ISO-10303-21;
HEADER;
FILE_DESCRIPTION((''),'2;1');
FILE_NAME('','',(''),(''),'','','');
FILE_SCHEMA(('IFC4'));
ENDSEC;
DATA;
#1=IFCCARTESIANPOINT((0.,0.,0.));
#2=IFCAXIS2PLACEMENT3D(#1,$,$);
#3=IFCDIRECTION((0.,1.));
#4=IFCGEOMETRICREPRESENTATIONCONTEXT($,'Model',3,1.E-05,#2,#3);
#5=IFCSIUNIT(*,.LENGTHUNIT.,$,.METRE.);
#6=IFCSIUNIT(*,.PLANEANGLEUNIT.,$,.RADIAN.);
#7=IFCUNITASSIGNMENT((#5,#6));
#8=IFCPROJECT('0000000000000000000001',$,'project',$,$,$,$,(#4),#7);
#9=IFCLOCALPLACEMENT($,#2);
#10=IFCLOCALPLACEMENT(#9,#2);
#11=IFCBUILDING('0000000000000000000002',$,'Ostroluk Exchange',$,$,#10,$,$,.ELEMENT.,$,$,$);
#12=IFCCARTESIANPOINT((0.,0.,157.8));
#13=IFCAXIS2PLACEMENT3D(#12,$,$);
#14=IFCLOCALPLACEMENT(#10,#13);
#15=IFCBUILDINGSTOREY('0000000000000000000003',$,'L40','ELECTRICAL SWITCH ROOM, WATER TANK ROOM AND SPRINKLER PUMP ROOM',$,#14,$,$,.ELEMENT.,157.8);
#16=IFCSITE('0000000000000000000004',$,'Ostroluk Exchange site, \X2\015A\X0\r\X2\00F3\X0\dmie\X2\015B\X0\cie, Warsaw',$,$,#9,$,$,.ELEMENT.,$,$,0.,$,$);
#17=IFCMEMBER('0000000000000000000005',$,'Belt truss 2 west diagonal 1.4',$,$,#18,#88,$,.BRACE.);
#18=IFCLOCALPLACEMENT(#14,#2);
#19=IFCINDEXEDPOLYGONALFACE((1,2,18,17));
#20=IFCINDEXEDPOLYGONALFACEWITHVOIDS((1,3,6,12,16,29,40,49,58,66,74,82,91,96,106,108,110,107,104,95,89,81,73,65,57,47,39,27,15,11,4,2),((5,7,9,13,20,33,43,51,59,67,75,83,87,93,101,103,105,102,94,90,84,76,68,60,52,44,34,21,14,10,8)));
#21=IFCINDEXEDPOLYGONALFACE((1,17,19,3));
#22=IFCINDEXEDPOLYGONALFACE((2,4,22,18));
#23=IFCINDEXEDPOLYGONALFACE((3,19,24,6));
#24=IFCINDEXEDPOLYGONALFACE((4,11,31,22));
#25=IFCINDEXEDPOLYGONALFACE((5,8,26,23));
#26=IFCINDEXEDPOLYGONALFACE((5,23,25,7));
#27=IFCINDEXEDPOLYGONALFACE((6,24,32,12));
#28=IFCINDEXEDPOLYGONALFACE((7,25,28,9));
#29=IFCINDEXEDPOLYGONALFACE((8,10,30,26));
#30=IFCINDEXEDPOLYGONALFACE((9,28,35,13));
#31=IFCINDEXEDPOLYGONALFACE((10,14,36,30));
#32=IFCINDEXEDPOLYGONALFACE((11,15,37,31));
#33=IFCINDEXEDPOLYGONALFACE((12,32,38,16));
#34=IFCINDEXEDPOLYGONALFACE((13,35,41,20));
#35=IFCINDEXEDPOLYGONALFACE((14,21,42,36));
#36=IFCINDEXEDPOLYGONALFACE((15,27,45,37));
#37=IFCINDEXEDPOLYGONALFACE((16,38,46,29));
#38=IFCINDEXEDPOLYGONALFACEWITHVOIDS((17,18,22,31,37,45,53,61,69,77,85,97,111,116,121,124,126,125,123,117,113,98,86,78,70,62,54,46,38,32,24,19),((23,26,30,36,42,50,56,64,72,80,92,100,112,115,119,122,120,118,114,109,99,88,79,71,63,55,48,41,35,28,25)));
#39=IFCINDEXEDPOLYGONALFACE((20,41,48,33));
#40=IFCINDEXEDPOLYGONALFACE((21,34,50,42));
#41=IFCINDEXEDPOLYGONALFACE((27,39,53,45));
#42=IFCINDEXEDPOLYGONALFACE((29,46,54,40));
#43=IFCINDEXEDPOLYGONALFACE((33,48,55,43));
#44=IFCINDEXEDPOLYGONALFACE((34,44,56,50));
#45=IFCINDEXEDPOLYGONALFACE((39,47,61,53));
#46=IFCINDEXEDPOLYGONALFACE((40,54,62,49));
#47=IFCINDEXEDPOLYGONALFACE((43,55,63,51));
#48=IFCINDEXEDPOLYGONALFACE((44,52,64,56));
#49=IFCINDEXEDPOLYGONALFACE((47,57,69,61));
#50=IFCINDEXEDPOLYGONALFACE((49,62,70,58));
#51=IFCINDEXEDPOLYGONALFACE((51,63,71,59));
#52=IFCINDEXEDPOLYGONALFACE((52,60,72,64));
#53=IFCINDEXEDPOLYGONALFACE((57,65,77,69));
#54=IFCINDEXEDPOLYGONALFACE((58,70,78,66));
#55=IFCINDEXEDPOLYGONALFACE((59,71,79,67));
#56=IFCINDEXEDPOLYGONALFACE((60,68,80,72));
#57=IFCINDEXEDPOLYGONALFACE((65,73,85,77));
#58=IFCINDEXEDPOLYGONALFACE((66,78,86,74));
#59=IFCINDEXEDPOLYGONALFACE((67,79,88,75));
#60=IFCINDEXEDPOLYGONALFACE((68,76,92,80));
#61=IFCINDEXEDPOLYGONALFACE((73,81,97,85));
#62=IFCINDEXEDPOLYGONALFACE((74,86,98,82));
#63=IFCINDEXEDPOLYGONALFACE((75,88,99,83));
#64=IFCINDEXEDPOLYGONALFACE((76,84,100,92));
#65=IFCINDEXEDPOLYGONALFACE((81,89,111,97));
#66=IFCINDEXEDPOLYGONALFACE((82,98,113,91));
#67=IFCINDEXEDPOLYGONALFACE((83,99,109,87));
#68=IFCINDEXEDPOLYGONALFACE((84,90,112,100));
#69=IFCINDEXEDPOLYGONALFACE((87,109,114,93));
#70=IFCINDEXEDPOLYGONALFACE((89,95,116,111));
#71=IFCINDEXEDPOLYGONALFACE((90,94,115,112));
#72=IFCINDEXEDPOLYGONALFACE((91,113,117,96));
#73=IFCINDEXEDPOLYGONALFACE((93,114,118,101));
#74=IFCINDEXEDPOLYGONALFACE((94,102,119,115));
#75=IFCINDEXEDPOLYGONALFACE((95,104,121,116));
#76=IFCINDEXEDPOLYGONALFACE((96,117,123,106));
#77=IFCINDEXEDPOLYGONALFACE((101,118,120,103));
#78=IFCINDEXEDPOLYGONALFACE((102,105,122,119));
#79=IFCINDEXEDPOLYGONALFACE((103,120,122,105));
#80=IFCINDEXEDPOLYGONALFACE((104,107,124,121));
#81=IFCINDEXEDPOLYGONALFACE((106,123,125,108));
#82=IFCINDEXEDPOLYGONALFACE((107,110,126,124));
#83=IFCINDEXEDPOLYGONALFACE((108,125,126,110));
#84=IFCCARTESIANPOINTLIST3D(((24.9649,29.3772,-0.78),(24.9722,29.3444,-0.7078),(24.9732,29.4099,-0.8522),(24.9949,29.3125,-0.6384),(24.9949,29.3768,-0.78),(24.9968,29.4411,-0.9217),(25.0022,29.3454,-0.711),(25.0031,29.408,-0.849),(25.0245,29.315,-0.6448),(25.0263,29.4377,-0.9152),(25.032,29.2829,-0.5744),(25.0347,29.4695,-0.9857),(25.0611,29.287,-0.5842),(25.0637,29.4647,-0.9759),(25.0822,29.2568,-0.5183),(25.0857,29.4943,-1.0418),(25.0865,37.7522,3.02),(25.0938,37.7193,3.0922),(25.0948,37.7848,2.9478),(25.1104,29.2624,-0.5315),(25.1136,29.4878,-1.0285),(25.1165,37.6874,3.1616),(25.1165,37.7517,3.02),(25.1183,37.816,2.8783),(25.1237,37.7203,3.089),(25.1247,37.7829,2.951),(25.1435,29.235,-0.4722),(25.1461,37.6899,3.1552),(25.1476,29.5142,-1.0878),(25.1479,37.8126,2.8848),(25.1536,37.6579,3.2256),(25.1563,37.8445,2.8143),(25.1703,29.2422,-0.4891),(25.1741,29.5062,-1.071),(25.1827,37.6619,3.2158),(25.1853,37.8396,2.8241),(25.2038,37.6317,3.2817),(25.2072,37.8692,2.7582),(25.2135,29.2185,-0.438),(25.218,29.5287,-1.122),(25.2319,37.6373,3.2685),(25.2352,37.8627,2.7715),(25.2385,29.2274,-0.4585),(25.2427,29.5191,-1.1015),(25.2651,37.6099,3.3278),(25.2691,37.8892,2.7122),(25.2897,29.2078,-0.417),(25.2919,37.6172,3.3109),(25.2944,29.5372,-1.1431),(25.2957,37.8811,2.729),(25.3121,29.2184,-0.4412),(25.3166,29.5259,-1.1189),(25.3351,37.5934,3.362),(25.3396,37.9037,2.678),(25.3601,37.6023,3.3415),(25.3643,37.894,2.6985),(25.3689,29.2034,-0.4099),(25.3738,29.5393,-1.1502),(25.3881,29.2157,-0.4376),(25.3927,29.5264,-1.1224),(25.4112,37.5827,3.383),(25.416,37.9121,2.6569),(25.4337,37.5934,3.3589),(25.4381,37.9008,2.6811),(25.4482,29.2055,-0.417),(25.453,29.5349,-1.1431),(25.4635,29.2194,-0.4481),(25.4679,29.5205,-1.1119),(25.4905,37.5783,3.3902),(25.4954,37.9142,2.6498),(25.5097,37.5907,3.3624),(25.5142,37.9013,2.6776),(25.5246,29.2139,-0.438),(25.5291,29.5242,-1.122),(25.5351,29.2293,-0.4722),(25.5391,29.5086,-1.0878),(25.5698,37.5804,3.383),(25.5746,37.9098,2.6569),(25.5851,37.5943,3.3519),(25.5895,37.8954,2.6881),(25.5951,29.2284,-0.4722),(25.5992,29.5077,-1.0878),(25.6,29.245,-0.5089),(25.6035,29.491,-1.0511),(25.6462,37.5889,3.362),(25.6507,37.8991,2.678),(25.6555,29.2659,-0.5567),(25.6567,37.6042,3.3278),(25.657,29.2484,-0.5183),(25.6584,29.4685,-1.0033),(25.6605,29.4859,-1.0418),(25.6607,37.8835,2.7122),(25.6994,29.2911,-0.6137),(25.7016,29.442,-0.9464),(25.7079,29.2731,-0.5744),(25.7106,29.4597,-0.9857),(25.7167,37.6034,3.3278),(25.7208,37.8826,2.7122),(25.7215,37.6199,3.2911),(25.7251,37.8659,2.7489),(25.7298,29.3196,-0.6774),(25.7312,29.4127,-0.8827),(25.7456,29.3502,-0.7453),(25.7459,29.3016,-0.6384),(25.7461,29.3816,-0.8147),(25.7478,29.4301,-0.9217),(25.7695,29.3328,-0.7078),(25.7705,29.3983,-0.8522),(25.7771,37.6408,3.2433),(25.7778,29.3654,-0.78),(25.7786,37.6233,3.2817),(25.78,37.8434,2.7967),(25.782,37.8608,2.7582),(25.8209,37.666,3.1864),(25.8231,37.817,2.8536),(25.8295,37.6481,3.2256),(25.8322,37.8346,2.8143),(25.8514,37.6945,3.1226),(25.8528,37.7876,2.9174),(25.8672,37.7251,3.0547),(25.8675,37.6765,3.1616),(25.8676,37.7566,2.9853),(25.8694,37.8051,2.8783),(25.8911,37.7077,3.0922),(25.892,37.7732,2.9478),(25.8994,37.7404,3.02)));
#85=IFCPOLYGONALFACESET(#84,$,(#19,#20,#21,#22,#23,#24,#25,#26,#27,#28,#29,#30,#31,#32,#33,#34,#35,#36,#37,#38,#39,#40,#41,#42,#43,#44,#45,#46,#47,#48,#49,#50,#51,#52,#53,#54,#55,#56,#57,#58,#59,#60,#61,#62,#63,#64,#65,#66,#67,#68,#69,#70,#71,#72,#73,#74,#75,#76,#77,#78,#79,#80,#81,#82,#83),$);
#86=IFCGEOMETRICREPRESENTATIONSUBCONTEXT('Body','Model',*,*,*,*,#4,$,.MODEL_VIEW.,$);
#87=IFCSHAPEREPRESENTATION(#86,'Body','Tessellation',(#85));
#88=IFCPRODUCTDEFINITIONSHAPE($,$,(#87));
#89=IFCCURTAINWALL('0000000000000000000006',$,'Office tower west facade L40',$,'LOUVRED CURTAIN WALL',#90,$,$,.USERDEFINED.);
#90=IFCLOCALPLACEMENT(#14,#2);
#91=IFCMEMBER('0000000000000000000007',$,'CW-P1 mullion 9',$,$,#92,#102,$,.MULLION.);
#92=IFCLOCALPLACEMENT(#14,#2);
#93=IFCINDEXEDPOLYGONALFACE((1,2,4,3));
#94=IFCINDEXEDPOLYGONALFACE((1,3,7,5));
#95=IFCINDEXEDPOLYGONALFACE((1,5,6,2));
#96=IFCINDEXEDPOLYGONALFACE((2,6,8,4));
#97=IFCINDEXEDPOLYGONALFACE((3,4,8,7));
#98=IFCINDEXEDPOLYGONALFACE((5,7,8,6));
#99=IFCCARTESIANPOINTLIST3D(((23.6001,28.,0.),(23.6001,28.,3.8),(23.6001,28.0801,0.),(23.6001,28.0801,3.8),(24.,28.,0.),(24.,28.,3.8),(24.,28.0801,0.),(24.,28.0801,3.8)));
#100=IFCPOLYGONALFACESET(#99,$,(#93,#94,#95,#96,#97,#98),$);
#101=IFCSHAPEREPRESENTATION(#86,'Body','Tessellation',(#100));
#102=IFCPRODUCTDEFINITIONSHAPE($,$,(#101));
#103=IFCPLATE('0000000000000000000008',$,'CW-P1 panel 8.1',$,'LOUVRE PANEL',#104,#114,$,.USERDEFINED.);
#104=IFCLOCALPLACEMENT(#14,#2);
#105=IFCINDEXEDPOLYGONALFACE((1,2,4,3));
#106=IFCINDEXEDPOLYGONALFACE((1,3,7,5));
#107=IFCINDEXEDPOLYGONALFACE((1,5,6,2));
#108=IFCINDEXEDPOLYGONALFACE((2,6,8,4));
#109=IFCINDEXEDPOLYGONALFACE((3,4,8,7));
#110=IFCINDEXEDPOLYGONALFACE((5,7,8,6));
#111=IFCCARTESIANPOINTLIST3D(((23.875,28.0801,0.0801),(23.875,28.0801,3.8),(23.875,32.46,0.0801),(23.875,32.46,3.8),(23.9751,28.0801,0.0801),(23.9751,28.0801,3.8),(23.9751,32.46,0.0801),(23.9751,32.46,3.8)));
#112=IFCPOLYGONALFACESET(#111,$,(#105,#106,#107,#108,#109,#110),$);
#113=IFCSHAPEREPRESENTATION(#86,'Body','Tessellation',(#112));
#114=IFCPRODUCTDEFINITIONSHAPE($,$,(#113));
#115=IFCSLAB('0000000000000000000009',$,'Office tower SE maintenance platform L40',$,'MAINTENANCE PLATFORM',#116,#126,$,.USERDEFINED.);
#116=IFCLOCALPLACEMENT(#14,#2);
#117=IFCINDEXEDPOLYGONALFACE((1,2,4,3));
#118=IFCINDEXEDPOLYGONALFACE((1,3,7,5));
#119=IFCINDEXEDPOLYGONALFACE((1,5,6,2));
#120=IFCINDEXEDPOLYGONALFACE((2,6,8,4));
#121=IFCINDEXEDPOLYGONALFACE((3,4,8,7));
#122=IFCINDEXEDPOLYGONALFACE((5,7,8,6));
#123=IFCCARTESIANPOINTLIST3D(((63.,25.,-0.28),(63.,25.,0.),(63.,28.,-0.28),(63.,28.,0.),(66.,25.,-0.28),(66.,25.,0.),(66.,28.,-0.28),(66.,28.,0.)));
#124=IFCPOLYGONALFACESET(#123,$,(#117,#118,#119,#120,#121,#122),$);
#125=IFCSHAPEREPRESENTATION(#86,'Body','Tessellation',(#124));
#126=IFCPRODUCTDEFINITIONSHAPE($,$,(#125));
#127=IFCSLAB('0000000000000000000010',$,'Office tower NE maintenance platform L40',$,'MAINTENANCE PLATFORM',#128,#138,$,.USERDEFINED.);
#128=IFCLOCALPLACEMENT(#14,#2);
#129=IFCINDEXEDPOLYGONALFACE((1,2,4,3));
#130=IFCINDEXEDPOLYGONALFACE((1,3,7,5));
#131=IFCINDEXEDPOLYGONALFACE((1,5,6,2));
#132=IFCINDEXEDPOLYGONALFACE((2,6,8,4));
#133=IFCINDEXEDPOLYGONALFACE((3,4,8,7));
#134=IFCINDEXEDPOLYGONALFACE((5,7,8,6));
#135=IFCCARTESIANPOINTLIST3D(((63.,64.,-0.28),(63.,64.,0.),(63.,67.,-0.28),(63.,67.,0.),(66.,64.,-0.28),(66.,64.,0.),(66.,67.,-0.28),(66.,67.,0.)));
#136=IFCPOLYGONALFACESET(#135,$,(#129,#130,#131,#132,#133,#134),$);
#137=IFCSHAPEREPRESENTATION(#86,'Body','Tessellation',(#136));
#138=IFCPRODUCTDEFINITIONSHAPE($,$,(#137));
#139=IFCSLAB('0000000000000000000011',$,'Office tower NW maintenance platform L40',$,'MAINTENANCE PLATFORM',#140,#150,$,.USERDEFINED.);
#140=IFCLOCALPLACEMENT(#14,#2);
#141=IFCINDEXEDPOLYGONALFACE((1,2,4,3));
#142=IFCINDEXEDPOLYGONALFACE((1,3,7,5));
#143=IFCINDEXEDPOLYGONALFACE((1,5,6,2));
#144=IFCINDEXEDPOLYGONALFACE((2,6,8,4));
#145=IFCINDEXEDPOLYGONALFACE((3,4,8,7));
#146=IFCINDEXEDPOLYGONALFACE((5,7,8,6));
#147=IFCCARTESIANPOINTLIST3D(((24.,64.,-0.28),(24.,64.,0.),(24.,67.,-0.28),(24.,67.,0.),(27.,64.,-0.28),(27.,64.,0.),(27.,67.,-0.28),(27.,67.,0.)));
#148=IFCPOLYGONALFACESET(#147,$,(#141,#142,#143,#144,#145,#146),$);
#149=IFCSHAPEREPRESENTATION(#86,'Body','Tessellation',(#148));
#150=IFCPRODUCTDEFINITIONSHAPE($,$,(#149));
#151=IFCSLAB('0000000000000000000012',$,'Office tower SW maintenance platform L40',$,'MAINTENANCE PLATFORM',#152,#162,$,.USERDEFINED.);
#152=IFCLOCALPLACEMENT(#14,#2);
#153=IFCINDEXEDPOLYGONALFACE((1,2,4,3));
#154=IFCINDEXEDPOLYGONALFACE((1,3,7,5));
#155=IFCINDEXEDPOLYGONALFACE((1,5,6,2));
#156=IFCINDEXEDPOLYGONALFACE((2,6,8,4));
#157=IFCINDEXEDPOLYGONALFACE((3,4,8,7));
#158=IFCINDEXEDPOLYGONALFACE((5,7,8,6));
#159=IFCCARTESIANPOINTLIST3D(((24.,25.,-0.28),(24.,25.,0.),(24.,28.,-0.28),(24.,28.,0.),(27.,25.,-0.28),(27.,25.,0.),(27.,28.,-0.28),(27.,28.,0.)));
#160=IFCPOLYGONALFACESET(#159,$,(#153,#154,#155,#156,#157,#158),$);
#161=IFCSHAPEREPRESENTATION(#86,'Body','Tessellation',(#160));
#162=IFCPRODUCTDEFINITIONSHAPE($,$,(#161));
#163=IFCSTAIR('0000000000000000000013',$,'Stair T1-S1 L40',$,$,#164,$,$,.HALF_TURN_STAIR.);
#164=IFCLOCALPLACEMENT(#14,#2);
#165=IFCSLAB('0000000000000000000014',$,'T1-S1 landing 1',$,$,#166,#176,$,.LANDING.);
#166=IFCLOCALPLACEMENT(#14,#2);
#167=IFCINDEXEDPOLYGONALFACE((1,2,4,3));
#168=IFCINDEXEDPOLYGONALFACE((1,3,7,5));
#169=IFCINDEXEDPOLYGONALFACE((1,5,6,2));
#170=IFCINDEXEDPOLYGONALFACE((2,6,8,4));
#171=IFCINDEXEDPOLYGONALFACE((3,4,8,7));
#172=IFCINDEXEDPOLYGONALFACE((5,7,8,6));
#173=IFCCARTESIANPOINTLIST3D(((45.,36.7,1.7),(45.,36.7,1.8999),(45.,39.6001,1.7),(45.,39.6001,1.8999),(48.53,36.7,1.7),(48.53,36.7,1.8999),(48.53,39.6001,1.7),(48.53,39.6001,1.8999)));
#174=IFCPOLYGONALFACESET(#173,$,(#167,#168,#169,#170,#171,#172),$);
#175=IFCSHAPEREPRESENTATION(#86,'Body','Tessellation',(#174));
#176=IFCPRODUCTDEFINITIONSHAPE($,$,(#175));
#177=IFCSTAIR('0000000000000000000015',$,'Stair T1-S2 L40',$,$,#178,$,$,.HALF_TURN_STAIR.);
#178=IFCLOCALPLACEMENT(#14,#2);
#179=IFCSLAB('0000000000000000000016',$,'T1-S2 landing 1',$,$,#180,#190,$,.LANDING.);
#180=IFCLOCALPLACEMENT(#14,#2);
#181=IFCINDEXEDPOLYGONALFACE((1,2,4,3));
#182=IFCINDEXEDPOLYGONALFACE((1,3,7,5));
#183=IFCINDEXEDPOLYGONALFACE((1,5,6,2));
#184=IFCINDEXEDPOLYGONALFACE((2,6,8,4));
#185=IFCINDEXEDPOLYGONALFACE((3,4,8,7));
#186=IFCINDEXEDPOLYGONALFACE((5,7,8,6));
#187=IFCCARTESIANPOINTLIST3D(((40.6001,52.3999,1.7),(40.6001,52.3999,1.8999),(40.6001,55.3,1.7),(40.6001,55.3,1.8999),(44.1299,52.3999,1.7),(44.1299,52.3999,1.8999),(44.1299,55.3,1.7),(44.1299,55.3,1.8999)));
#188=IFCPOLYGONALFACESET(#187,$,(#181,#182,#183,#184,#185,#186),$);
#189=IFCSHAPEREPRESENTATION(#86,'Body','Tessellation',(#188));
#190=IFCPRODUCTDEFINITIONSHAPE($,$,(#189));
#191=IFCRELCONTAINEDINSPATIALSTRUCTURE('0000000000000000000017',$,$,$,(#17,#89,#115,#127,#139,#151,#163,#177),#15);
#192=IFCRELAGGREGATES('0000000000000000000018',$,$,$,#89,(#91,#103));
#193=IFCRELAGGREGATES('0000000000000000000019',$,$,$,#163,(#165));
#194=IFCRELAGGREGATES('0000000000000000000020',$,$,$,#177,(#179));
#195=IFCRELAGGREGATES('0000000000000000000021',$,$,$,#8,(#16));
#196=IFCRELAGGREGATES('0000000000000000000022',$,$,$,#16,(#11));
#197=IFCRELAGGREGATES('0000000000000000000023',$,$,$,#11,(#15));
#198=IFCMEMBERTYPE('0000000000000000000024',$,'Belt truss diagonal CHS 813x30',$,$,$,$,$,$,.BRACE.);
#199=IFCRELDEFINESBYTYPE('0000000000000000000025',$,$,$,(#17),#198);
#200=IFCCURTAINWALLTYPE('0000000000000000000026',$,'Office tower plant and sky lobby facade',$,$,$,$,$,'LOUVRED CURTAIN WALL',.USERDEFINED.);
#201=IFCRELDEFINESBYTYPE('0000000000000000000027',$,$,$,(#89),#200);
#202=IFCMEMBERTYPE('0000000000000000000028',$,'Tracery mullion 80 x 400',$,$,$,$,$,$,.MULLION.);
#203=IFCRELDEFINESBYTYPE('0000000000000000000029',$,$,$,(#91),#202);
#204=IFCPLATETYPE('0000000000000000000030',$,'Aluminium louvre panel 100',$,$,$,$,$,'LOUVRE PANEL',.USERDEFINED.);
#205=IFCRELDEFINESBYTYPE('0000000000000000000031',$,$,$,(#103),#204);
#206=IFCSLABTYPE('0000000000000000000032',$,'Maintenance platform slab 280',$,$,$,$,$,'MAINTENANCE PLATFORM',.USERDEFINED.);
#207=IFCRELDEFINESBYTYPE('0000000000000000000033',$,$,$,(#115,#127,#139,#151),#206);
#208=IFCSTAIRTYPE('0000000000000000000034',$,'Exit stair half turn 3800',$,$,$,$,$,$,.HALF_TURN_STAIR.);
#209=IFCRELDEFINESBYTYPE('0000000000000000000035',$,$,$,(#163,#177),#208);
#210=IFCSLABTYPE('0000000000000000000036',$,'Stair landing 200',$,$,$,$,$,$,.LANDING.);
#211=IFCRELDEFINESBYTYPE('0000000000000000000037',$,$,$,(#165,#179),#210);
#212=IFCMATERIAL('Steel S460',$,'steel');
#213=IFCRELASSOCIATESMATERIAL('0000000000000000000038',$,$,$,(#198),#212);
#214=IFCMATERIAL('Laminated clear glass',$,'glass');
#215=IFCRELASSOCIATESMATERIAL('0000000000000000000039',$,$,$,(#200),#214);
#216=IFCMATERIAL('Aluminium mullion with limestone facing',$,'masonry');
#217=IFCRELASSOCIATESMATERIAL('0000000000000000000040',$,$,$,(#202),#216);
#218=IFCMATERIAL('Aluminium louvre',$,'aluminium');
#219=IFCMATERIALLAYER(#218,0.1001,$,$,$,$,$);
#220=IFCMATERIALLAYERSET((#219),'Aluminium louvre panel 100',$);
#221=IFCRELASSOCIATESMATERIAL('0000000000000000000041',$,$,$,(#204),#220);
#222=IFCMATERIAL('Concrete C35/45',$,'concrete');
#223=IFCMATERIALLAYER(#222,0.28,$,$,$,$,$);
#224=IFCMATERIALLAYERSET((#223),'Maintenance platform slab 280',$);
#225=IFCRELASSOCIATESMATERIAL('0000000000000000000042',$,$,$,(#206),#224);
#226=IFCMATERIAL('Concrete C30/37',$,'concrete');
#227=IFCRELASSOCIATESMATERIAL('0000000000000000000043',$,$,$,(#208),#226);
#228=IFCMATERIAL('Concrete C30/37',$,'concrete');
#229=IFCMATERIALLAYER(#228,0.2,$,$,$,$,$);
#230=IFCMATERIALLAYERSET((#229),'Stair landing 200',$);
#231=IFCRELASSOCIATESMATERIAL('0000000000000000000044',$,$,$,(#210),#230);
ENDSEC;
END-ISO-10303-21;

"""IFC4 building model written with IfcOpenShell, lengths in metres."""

from ifc_helpers import new_model, si_unit, direction, frame, origin, origin_2d, place, context, subcontext, project, spatial, polyline, rectangle, hollow_circle, outline, extrude, material, layer, layer_set, material_profile, profile_set, type_object, element, aggregate, save


model = new_model("IFC4")

# Units and contexts
model_context = context("Model", 3, precision=1e-05, world=origin(), true_north=direction((0.0, 1.0)))
body_context = subcontext(model_context, "Body", "Model", "MODEL_VIEW")
ifc_project = project(units=[si_unit("LENGTHUNIT", "METRE"), si_unit("PLANEANGLEUNIT", "RADIAN")], contexts=[model_context])

# Site, building, storey
site_placement = place(None, origin())
site = spatial("IfcSite", under=ifc_project, at=site_placement, Name="Ostroluk Exchange site, Śródmieście, Warsaw", CompositionType="ELEMENT", RefElevation=0.0)
building_placement = place(site_placement, origin())
building = spatial("IfcBuilding", under=site, at=building_placement, Name="Ostroluk Exchange", CompositionType="ELEMENT")
storey_placement = place(building_placement, frame((0.0, 0.0, 157.8)))
storey = spatial("IfcBuildingStorey", under=building, at=storey_placement, Name="L40", Description="ELECTRICAL SWITCH ROOM, WATER TANK ROOM AND SPRINKLER PUMP ROOM", CompositionType="ELEMENT", Elevation=157.8)

# Member
ifc_material_1 = material(Name="Steel S460", Category="steel")
ifc_material_profile_1 = material_profile(ifc_material_1, hollow_circle(Radius=0.4065, WallThickness=0.03, at=origin_2d()), Name="CHS 813x30")
ifc_profile_set_1 = profile_set([ifc_material_profile_1], Name="Steel S460")
member_type_1 = type_object("IfcMemberType", Name="Belt truss diagonal CHS 813x30", PredefinedType="BRACE", material=ifc_profile_set_1)
member_1_placement = place(storey_placement, frame((25.3713, 29.3713, -0.78), z_axis=(0.013219, 0.910564, 0.413157), x_axis=(-0.999895, 0.014516, 0.0)))
element("IfcMember", 1, at=member_1_placement, inside=storey, type_object=member_type_1, Name="Belt truss 2 west diagonal 1.4", PredefinedType="BRACE", context=body_context, shape_type="SweptSolid", body=[
    extrude(hollow_circle(Radius=0.4065, WallThickness=0.03, at=origin_2d()), origin(), (0.0, 0.0, 1.0), 9.1975),
])

# Curtain wall, member, plate
ifc_material_2 = material(Name="Laminated clear glass", Category="glass")
curtain_wall_type = type_object("IfcCurtainWallType", Name="Office tower plant and sky lobby facade", ElementType="LOUVRED CURTAIN WALL", PredefinedType="USERDEFINED", material=ifc_material_2)
curtain_wall_placement = place(storey_placement, origin())
curtain_wall = element("IfcCurtainWall", 2, at=curtain_wall_placement, inside=storey, type_object=curtain_wall_type, Name="Office tower west facade L40", ObjectType="LOUVRED CURTAIN WALL", PredefinedType="USERDEFINED")
ifc_material_3 = material(Name="Aluminium mullion with limestone facing", Category="masonry")
ifc_material_profile_2 = material_profile(ifc_material_3, rectangle(XDim=0.3999, YDim=0.0801, at=origin_2d()), Name="Tracery mullion 80 x 400")
ifc_profile_set_2 = profile_set([ifc_material_profile_2], Name="Aluminium mullion with limestone facing")
member_type_2 = type_object("IfcMemberType", Name="Tracery mullion 80 x 400", PredefinedType="MULLION", material=ifc_profile_set_2)
member_2_placement = place(storey_placement, frame((23.8, 28.04, 0.0), z_axis=(0.0, 0.0, 1.0), x_axis=(1.0, 0.0, 0.0)))
member_2 = element("IfcMember", 3, at=member_2_placement, type_object=member_type_2, Name="CW-P1 mullion 9", PredefinedType="MULLION", context=body_context, shape_type="SweptSolid", body=[
    extrude(rectangle(XDim=0.3999, YDim=0.0801, at=origin_2d()), origin(), (0.0, 0.0, 1.0), 3.8),
])
ifc_material_4 = material(Name="Aluminium louvre", Category="aluminium")
ifc_layer_1 = layer(ifc_material_4, 0.1001)
ifc_layer_set_1 = layer_set([ifc_layer_1], Name="Aluminium louvre panel 100")
plate_type = type_object("IfcPlateType", Name="Aluminium louvre panel 100", ElementType="LOUVRE PANEL", PredefinedType="USERDEFINED", material=ifc_layer_set_1)
plate_placement = place(storey_placement, frame((23.925, 30.27, 0.0801), z_axis=(0.0, 0.0, 1.0), x_axis=(0.0, -1.0, 0.0)))
plate = element("IfcPlate", 4, at=plate_placement, type_object=plate_type, Name="CW-P1 panel 8.1", ObjectType="LOUVRE PANEL", PredefinedType="USERDEFINED", context=body_context, shape_type="SweptSolid", body=[
    extrude(rectangle(XDim=4.3799, YDim=0.1001, at=origin_2d()), origin(), (0.0, 0.0, 1.0), 3.72),
])
aggregate(curtain_wall, [member_2, plate])

# Slabs
ifc_material_5 = material(Name="Concrete C35/45", Category="concrete")
ifc_layer_2 = layer(ifc_material_5, 0.28)
ifc_layer_set_2 = layer_set([ifc_layer_2], Name="Maintenance platform slab 280")
slab_type_1 = type_object("IfcSlabType", Name="Maintenance platform slab 280", ElementType="MAINTENANCE PLATFORM", PredefinedType="USERDEFINED", material=ifc_layer_set_2)
slab_1_placement = place(storey_placement, frame((0.0, 0.0, -0.28)))
element("IfcSlab", 5, at=slab_1_placement, inside=storey, type_object=slab_type_1, Name="Office tower SE maintenance platform L40", ObjectType="MAINTENANCE PLATFORM", PredefinedType="USERDEFINED", context=body_context, shape_type="SweptSolid", body=[
    extrude(outline(polyline([(63.0, 25.0), (66.0, 25.0), (66.0, 28.0), (63.0, 28.0), (63.0, 25.0)])), origin(), (0.0, 0.0, 1.0), 0.28),
])
slab_2_placement = place(storey_placement, frame((0.0, 0.0, -0.28)))
element("IfcSlab", 6, at=slab_2_placement, inside=storey, type_object=slab_type_1, Name="Office tower NE maintenance platform L40", ObjectType="MAINTENANCE PLATFORM", PredefinedType="USERDEFINED", context=body_context, shape_type="SweptSolid", body=[
    extrude(outline(polyline([(63.0, 64.0), (66.0, 64.0), (66.0, 67.0), (63.0, 67.0), (63.0, 64.0)])), origin(), (0.0, 0.0, 1.0), 0.28),
])
slab_3_placement = place(storey_placement, frame((0.0, 0.0, -0.28)))
element("IfcSlab", 7, at=slab_3_placement, inside=storey, type_object=slab_type_1, Name="Office tower NW maintenance platform L40", ObjectType="MAINTENANCE PLATFORM", PredefinedType="USERDEFINED", context=body_context, shape_type="SweptSolid", body=[
    extrude(outline(polyline([(24.0, 64.0), (27.0, 64.0), (27.0, 67.0), (24.0, 67.0), (24.0, 64.0)])), origin(), (0.0, 0.0, 1.0), 0.28),
])
slab_4_placement = place(storey_placement, frame((0.0, 0.0, -0.28)))
element("IfcSlab", 8, at=slab_4_placement, inside=storey, type_object=slab_type_1, Name="Office tower SW maintenance platform L40", ObjectType="MAINTENANCE PLATFORM", PredefinedType="USERDEFINED", context=body_context, shape_type="SweptSolid", body=[
    extrude(outline(polyline([(24.0, 25.0), (27.0, 25.0), (27.0, 28.0), (24.0, 28.0), (24.0, 25.0)])), origin(), (0.0, 0.0, 1.0), 0.28),
])

# Stairs, slabs
ifc_material_6 = material(Name="Concrete C30/37", Category="concrete")
stair_type = type_object("IfcStairType", Name="Exit stair half turn 3800", PredefinedType="HALF_TURN_STAIR", material=ifc_material_6)
stair_1_placement = place(storey_placement, origin())
stair_1 = element("IfcStair", 9, at=stair_1_placement, inside=storey, type_object=stair_type, Name="Stair T1-S1 L40", PredefinedType="HALF_TURN_STAIR")
ifc_material_7 = material(Name="Concrete C30/37", Category="concrete")
ifc_layer_3 = layer(ifc_material_7, 0.2)
ifc_layer_set_3 = layer_set([ifc_layer_3], Name="Stair landing 200")
slab_type_2 = type_object("IfcSlabType", Name="Stair landing 200", PredefinedType="LANDING", material=ifc_layer_set_3)
slab_5_placement = place(storey_placement, frame((0.0, 0.0, 1.7)))
slab_5 = element("IfcSlab", 10, at=slab_5_placement, type_object=slab_type_2, Name="T1-S1 landing 1", PredefinedType="LANDING", context=body_context, shape_type="SweptSolid", body=[
    extrude(outline(polyline([(45.0, 36.7), (45.0, 39.6001), (48.53, 39.6001), (48.53, 36.7), (45.0, 36.7)])), origin(), (0.0, 0.0, 1.0), 0.2),
])
aggregate(stair_1, [slab_5])
stair_2_placement = place(storey_placement, origin())
stair_2 = element("IfcStair", 11, at=stair_2_placement, inside=storey, type_object=stair_type, Name="Stair T1-S2 L40", PredefinedType="HALF_TURN_STAIR")
slab_6_placement = place(storey_placement, frame((0.0, 0.0, 1.7)))
slab_6 = element("IfcSlab", 12, at=slab_6_placement, type_object=slab_type_2, Name="T1-S2 landing 1", PredefinedType="LANDING", context=body_context, shape_type="SweptSolid", body=[
    extrude(outline(polyline([(44.1299, 52.3999), (44.1299, 55.3), (40.6001, 55.3), (40.6001, 52.3999), (44.1299, 52.3999)])), origin(), (0.0, 0.0, 1.0), 0.2),
])
aggregate(stair_2, [slab_6])

save(model, "model.ifc")
